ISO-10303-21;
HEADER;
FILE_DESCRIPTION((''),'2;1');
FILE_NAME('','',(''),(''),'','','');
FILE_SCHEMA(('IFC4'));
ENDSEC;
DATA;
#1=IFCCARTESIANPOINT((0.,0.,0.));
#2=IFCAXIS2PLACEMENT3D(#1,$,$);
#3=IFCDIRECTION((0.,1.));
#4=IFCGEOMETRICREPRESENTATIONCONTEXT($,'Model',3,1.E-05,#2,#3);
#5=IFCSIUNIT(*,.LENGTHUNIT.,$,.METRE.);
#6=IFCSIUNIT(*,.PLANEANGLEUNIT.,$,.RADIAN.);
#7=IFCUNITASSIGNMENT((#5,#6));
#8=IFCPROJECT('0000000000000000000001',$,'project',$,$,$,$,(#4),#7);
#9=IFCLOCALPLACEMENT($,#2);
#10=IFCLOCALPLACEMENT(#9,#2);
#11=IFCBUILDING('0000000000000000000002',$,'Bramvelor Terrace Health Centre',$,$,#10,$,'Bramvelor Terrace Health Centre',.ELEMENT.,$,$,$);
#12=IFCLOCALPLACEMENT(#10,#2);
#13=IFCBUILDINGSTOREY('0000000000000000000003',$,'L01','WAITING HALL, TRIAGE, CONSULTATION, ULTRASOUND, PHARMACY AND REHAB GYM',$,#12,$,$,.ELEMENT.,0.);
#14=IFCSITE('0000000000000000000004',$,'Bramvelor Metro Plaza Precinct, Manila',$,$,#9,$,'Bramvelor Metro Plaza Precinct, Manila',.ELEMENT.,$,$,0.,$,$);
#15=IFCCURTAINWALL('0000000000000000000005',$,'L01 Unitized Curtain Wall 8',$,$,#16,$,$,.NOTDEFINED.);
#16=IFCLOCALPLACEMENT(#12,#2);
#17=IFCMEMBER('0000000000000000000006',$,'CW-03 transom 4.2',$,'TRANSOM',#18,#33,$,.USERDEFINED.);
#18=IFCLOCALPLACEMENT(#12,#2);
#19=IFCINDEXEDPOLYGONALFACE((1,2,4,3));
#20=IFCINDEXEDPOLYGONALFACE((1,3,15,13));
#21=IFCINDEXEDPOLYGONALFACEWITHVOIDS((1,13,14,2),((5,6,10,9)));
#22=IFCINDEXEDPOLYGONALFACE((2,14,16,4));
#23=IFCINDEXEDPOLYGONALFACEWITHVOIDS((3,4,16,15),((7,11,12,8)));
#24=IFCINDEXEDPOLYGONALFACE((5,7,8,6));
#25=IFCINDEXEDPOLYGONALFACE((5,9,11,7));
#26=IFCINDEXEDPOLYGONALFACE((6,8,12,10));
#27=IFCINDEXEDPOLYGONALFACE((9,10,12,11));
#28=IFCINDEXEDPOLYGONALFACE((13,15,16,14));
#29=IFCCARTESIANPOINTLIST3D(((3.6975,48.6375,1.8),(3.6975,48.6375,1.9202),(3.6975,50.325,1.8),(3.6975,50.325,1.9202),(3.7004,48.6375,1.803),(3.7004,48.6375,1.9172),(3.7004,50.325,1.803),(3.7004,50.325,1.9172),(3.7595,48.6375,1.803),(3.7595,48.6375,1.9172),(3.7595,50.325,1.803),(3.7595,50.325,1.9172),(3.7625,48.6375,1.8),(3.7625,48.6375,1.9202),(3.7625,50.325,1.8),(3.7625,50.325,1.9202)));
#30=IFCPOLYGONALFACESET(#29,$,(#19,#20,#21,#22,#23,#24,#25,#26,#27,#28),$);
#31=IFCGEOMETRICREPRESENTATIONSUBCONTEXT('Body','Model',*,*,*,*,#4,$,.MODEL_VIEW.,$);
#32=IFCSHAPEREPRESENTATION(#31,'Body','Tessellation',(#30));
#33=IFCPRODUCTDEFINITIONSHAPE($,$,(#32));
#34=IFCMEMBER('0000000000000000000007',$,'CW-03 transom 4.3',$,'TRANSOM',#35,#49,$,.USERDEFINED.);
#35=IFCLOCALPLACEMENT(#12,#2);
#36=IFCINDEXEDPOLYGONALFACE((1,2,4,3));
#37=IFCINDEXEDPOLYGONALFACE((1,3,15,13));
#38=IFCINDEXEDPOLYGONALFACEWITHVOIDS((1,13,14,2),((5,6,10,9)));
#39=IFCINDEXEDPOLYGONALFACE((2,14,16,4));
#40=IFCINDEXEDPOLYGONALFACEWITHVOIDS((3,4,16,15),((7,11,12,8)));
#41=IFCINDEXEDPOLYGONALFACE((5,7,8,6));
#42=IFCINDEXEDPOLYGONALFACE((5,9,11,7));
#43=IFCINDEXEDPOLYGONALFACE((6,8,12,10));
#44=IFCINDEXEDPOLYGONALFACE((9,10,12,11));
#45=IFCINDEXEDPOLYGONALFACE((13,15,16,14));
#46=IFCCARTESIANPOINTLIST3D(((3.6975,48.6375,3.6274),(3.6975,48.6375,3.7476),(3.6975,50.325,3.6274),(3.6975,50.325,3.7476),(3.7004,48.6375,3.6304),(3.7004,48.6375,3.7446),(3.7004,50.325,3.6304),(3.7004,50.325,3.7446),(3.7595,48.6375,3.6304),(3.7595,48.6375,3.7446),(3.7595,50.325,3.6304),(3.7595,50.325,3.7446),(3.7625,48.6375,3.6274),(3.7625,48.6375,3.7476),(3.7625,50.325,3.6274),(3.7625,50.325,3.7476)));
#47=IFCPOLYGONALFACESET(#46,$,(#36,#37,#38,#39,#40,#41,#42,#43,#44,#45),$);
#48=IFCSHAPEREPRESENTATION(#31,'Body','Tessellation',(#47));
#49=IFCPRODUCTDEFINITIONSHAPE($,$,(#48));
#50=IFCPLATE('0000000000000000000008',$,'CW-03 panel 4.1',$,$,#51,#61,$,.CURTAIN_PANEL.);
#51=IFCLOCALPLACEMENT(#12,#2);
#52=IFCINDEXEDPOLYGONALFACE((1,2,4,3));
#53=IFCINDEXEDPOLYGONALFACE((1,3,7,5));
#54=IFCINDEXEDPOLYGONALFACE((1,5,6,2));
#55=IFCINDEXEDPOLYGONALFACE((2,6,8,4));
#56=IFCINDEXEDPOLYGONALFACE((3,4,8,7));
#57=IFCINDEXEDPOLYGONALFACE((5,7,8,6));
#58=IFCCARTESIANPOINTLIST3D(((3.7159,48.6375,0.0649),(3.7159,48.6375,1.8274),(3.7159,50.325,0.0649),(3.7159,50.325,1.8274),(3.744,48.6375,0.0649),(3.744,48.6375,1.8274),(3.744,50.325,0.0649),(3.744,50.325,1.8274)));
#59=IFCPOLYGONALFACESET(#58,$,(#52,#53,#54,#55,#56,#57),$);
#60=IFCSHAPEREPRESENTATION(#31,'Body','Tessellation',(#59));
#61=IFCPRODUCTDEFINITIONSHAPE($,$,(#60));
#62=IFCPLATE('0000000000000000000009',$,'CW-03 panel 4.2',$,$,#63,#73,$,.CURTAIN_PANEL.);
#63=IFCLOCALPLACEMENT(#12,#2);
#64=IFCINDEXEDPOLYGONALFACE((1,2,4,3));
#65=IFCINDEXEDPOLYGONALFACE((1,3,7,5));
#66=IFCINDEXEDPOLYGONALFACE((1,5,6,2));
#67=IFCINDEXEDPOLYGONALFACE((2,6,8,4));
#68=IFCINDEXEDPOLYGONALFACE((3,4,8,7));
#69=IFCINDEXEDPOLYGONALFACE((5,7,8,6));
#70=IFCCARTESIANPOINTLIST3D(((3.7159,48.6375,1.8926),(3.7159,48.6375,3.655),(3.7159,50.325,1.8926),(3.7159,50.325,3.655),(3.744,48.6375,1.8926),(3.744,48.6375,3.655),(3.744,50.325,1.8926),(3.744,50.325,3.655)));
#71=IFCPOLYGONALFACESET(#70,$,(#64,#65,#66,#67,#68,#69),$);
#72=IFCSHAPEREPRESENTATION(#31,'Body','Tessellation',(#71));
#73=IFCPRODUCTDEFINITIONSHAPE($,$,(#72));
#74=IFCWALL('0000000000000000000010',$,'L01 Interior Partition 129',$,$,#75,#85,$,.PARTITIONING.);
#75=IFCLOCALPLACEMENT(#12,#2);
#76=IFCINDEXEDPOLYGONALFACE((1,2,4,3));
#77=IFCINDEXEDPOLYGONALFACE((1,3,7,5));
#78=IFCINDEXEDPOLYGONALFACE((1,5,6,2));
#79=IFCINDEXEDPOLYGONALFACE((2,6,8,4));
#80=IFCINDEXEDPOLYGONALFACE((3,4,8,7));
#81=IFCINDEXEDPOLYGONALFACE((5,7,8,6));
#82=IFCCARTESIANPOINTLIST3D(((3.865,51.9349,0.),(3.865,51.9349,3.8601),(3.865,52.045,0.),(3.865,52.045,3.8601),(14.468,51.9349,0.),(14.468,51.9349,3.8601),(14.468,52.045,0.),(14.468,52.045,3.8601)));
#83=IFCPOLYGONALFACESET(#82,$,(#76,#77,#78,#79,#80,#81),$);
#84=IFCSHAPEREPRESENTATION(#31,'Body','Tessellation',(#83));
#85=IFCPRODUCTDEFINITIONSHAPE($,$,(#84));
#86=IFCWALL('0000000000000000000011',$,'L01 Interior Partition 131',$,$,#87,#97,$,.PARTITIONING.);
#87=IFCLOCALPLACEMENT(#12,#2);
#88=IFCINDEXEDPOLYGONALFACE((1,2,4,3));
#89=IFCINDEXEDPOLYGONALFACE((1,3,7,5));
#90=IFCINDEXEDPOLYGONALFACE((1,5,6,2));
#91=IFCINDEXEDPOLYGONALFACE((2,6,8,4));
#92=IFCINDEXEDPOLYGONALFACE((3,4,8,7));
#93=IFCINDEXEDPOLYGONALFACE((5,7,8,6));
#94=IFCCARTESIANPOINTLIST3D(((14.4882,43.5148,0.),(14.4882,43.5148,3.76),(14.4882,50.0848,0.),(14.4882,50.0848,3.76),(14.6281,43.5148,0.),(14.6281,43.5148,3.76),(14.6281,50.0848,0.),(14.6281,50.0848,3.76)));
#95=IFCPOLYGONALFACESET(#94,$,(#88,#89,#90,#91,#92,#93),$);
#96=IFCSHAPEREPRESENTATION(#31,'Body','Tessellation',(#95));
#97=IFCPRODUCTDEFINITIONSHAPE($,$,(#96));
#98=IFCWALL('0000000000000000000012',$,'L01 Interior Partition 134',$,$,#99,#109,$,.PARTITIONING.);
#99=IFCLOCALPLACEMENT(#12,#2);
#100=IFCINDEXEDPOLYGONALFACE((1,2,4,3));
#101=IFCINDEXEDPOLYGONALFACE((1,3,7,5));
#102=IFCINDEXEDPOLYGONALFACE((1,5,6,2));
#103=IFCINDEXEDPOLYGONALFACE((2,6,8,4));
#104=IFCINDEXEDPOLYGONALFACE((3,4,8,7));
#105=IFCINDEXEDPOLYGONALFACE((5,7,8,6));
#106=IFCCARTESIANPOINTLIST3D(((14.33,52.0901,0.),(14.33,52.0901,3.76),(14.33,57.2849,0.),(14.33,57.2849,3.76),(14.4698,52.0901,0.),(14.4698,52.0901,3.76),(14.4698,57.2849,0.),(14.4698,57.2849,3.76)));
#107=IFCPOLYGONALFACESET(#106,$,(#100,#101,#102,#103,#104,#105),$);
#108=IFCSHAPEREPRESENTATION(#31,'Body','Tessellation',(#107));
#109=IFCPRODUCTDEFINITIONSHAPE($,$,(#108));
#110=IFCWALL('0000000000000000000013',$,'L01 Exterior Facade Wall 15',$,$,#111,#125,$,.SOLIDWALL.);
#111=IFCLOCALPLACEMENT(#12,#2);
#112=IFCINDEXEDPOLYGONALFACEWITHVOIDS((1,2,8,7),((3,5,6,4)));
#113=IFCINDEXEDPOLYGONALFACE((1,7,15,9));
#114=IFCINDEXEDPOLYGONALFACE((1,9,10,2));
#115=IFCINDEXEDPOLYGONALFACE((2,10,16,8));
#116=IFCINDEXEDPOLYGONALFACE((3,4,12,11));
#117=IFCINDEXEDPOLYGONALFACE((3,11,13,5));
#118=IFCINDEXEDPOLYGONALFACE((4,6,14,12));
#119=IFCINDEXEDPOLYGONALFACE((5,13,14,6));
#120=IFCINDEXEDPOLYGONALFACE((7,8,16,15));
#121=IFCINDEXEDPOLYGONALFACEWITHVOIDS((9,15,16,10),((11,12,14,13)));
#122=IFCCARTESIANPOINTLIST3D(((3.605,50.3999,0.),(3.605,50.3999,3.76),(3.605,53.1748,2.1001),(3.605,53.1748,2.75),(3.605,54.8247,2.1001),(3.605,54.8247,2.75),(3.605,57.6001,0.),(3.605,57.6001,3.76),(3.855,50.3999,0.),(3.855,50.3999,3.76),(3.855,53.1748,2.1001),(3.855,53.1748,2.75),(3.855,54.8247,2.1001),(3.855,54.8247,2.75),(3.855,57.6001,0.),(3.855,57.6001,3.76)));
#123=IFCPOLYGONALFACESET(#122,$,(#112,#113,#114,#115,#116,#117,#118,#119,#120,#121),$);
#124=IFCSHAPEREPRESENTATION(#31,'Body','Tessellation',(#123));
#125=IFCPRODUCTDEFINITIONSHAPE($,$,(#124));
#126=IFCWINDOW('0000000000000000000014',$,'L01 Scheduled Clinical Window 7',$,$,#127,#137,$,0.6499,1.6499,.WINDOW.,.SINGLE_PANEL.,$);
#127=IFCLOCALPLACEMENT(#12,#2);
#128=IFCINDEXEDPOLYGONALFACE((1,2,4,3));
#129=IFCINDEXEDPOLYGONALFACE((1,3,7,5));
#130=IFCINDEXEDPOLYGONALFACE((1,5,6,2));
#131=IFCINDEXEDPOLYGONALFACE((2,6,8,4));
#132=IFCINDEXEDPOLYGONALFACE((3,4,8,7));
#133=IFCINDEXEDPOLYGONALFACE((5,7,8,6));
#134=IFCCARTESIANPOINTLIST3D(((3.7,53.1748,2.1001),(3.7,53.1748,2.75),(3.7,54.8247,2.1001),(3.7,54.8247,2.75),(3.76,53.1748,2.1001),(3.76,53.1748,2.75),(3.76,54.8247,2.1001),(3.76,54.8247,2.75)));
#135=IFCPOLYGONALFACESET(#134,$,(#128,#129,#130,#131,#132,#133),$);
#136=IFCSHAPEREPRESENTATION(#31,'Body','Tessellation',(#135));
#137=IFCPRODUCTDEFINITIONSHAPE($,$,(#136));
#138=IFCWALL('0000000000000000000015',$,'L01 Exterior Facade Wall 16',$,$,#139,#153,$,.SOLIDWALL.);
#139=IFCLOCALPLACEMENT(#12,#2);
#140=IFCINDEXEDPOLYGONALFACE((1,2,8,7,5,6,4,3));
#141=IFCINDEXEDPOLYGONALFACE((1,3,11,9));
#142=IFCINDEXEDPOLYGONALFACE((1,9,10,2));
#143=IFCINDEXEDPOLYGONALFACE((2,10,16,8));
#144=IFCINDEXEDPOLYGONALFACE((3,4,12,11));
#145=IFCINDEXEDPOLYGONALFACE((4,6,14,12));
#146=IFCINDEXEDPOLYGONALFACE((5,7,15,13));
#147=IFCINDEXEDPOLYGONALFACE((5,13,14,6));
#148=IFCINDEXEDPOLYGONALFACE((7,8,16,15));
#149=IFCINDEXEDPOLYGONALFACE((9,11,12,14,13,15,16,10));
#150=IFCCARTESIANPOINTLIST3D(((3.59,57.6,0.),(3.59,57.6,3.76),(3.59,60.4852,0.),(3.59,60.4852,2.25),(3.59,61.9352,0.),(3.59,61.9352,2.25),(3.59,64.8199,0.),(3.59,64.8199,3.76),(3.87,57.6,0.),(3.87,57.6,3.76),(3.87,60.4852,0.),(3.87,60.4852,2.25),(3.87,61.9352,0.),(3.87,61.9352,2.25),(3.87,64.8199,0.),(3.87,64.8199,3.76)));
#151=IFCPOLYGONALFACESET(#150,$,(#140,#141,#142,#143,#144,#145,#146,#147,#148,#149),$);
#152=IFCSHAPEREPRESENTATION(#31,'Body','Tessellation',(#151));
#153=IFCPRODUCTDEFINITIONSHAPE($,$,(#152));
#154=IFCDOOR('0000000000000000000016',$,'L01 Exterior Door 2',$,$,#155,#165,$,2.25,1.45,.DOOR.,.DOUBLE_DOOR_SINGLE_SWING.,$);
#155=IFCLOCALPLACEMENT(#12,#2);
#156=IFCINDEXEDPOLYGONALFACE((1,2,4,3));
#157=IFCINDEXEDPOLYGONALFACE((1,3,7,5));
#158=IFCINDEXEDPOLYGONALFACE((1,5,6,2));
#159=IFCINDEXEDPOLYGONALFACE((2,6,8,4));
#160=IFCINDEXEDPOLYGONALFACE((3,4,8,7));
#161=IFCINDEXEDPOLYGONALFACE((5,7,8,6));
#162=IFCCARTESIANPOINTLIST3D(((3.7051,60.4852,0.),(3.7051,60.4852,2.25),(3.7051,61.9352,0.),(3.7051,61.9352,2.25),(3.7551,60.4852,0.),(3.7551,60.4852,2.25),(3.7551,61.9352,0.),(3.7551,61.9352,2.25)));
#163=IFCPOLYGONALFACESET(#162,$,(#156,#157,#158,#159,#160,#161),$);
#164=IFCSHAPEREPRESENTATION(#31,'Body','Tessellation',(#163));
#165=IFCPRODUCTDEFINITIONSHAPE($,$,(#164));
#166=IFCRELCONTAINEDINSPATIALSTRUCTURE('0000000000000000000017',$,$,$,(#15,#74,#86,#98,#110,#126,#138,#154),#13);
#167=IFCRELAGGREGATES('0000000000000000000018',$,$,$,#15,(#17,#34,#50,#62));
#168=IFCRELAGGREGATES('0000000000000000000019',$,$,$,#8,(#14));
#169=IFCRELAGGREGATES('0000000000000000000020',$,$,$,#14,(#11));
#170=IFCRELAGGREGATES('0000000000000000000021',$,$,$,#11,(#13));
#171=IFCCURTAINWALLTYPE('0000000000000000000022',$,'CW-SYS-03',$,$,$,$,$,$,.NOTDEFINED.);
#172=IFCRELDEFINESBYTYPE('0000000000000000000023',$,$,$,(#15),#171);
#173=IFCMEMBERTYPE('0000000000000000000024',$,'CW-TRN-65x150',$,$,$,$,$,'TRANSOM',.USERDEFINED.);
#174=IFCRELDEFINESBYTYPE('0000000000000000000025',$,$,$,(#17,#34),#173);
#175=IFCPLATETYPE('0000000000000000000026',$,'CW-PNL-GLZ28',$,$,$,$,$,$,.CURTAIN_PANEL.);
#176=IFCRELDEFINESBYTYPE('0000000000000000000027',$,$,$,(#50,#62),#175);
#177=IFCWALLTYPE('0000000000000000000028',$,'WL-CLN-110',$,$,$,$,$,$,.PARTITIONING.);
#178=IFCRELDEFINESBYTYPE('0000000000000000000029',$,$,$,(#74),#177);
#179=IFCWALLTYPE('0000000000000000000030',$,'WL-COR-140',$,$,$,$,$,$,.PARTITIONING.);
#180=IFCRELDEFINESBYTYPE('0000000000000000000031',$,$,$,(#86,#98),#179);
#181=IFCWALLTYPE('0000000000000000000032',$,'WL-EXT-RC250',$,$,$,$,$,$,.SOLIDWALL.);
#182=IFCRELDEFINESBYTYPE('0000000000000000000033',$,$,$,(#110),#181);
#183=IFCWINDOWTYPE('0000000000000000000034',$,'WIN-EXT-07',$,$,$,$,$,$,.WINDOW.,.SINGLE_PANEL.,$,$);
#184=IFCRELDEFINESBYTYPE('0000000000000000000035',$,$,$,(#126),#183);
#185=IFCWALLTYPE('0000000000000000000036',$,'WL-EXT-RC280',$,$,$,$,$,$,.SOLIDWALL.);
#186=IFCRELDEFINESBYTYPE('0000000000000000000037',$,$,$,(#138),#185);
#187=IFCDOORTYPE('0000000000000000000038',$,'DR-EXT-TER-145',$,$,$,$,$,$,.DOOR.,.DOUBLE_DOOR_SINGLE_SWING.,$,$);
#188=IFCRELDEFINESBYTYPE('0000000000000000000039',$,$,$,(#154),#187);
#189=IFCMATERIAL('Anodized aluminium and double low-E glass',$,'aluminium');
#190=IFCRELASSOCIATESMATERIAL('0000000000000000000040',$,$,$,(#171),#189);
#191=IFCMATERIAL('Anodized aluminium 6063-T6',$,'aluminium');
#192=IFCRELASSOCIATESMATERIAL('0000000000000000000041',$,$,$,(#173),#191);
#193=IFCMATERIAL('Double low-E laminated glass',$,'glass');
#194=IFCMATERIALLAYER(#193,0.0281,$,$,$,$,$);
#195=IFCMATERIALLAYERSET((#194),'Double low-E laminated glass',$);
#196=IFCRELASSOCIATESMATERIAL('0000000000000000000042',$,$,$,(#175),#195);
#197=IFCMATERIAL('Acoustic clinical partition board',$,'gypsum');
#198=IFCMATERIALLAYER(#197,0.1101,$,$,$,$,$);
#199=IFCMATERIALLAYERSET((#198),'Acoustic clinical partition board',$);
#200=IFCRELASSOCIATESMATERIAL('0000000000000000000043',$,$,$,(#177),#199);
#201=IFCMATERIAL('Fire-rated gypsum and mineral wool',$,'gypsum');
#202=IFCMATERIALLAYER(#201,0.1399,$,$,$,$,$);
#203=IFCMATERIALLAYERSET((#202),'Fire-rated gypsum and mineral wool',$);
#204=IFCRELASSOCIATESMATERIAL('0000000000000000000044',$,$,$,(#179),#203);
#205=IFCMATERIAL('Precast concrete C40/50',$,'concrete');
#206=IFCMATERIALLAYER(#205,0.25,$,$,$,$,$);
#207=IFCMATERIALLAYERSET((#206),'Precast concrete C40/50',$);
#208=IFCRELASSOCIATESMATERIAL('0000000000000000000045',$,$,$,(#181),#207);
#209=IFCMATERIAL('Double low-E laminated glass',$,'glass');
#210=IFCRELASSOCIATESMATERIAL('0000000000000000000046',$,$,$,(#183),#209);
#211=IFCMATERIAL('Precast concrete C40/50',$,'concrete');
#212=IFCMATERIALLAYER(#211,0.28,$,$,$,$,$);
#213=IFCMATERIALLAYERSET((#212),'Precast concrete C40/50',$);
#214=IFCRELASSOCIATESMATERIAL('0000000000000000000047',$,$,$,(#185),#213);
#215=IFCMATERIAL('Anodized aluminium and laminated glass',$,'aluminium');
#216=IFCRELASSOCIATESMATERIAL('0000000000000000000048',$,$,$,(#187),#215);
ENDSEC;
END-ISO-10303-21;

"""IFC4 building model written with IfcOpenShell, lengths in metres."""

from ifc_helpers import new_model, si_unit, direction, frame, frame_2d, origin, origin_2d, place, context, subcontext, project, spatial, rectangle, hollow_rectangle, extrude, material, layer, layer_set, material_profile, profile_set, type_object, element, fill, aggregate, save


model = new_model("IFC4")

# Units and contexts
model_context = context("Model", 3, precision=1e-05, world=origin(), true_north=direction((0.0, 1.0)))
body_context = subcontext(model_context, "Body", "Model", "MODEL_VIEW")
ifc_project = project(units=[si_unit("LENGTHUNIT", "METRE"), si_unit("PLANEANGLEUNIT", "RADIAN")], contexts=[model_context])

# Site, building, storey
site_placement = place(None, origin())
site = spatial("IfcSite", under=ifc_project, at=site_placement, Name="Bramvelor Metro Plaza Precinct, Manila", LongName="Bramvelor Metro Plaza Precinct, Manila", CompositionType="ELEMENT", RefElevation=0.0)
building_placement = place(site_placement, origin())
building = spatial("IfcBuilding", under=site, at=building_placement, Name="Bramvelor Terrace Health Centre", LongName="Bramvelor Terrace Health Centre", CompositionType="ELEMENT")
storey_placement = place(building_placement, origin())
storey = spatial("IfcBuildingStorey", under=building, at=storey_placement, Name="L01", Description="WAITING HALL, TRIAGE, CONSULTATION, ULTRASOUND, PHARMACY AND REHAB GYM", CompositionType="ELEMENT", Elevation=0.0)

# Curtain wall, members, plates
ifc_material_1 = material(Name="Anodized aluminium and double low-E glass", Category="aluminium")
curtain_wall_type = type_object("IfcCurtainWallType", Name="CW-SYS-03", PredefinedType="NOTDEFINED", material=ifc_material_1)
curtain_wall_placement = place(storey_placement, origin())
curtain_wall = element("IfcCurtainWall", 1, at=curtain_wall_placement, inside=storey, type_object=curtain_wall_type, Name="L01 Unitized Curtain Wall 8", PredefinedType="NOTDEFINED")
ifc_material_2 = material(Name="Anodized aluminium 6063-T6", Category="aluminium")
ifc_material_profile_1 = material_profile(ifc_material_2, hollow_rectangle(XDim=0.0649, YDim=0.1201, WallThickness=0.0029, at=origin_2d()), Name="ALU-TRN 65x120x3.0")
ifc_profile_set_1 = profile_set([ifc_material_profile_1], Name="Anodized aluminium 6063-T6")
member_type_1 = type_object("IfcMemberType", Name="CW-TRN-65x150", ElementType="TRANSOM", PredefinedType="USERDEFINED", material=ifc_profile_set_1)
member_1_placement = place(storey_placement, frame((3.73, 48.6375, 1.8601), z_axis=(0.0, 1.0, 0.0), x_axis=(-1.0, 0.0, 0.0)))
member_1 = element("IfcMember", 2, at=member_1_placement, type_object=member_type_1, Name="CW-03 transom 4.2", ObjectType="TRANSOM", PredefinedType="USERDEFINED", context=body_context, shape_type="SweptSolid", body=[
    extrude(hollow_rectangle(XDim=0.0649, YDim=0.1201, WallThickness=0.0029, at=origin_2d()), origin(), (0.0, 0.0, 1.0), 1.6875),
])
member_2_placement = place(storey_placement, frame((3.73, 48.6375, 3.6875), z_axis=(0.0, 1.0, 0.0), x_axis=(-1.0, 0.0, 0.0)))
member_2 = element("IfcMember", 3, at=member_2_placement, type_object=member_type_1, Name="CW-03 transom 4.3", ObjectType="TRANSOM", PredefinedType="USERDEFINED", context=body_context, shape_type="SweptSolid", body=[
    extrude(hollow_rectangle(XDim=0.0649, YDim=0.1201, WallThickness=0.0029, at=origin_2d()), origin(), (0.0, 0.0, 1.0), 1.6875),
])
ifc_material_3 = material(Name="Double low-E laminated glass", Category="glass")
ifc_layer_1 = layer(ifc_material_3, 0.0281)
ifc_layer_set_1 = layer_set([ifc_layer_1], Name="Double low-E laminated glass")
plate_type = type_object("IfcPlateType", Name="CW-PNL-GLZ28", PredefinedType="CURTAIN_PANEL", material=ifc_layer_set_1)
plate_1_placement = place(storey_placement, frame((3.73, 49.4812, 0.0649), z_axis=(0.0, 0.0, 1.0), x_axis=(0.0, 1.0, 0.0)))
plate_1 = element("IfcPlate", 4, at=plate_1_placement, type_object=plate_type, Name="CW-03 panel 4.1", PredefinedType="CURTAIN_PANEL", context=body_context, shape_type="SweptSolid", body=[
    extrude(rectangle(XDim=1.6875, YDim=0.0281, at=origin_2d()), origin(), (0.0, 0.0, 1.0), 1.7625),
])
plate_2_placement = place(storey_placement, frame((3.73, 49.4812, 1.8926), z_axis=(0.0, 0.0, 1.0), x_axis=(0.0, 1.0, 0.0)))
plate_2 = element("IfcPlate", 5, at=plate_2_placement, type_object=plate_type, Name="CW-03 panel 4.2", PredefinedType="CURTAIN_PANEL", context=body_context, shape_type="SweptSolid", body=[
    extrude(rectangle(XDim=1.6875, YDim=0.0281, at=origin_2d()), origin(), (0.0, 0.0, 1.0), 1.7625),
])
aggregate(curtain_wall, [member_1, member_2, plate_1, plate_2])

# Walls
ifc_material_4 = material(Name="Acoustic clinical partition board", Category="gypsum")
ifc_layer_2 = layer(ifc_material_4, 0.1101)
ifc_layer_set_2 = layer_set([ifc_layer_2], Name="Acoustic clinical partition board")
wall_type_1 = type_object("IfcWallType", Name="WL-CLN-110", PredefinedType="PARTITIONING", material=ifc_layer_set_2)
wall_1_placement = place(storey_placement, frame((3.865, 51.99, 0.0), z_axis=(0.0, 0.0, 1.0), x_axis=(1.0, 0.0, 0.0)))
element("IfcWall", 6, at=wall_1_placement, inside=storey, type_object=wall_type_1, Name="L01 Interior Partition 129", PredefinedType="PARTITIONING", context=body_context, shape_type="SweptSolid", body=[
    extrude(rectangle(XDim=10.603, YDim=0.1101, at=frame_2d((5.3015, 0.0))), origin(), (0.0, 0.0, 1.0), 3.8601),
])
ifc_material_5 = material(Name="Fire-rated gypsum and mineral wool", Category="gypsum")
ifc_layer_3 = layer(ifc_material_5, 0.1399)
ifc_layer_set_3 = layer_set([ifc_layer_3], Name="Fire-rated gypsum and mineral wool")
wall_type_2 = type_object("IfcWallType", Name="WL-COR-140", PredefinedType="PARTITIONING", material=ifc_layer_set_3)
wall_2_placement = place(storey_placement, frame((14.5581, 50.085, 0.0), z_axis=(0.0, 0.0, 1.0), x_axis=(0.0, -1.0, 0.0)))
element("IfcWall", 7, at=wall_2_placement, inside=storey, type_object=wall_type_2, Name="L01 Interior Partition 131", PredefinedType="PARTITIONING", context=body_context, shape_type="SweptSolid", body=[
    extrude(rectangle(XDim=6.5701, YDim=0.1399, at=frame_2d((3.2852, 0.0))), origin(), (0.0, 0.0, 1.0), 3.76),
])
wall_3_placement = place(storey_placement, frame((14.3999, 57.2849, 0.0), z_axis=(0.0, 0.0, 1.0), x_axis=(0.0, -1.0, 0.0)))
element("IfcWall", 8, at=wall_3_placement, inside=storey, type_object=wall_type_2, Name="L01 Interior Partition 134", PredefinedType="PARTITIONING", context=body_context, shape_type="SweptSolid", body=[
    extrude(rectangle(XDim=5.1948, YDim=0.1399, at=frame_2d((2.5974, 0.0))), origin(), (0.0, 0.0, 1.0), 3.76),
])

# Wall, opening, window
ifc_material_6 = material(Name="Precast concrete C40/50", Category="concrete")
ifc_layer_4 = layer(ifc_material_6, 0.25)
ifc_layer_set_4 = layer_set([ifc_layer_4], Name="Precast concrete C40/50")
wall_type_3 = type_object("IfcWallType", Name="WL-EXT-RC250", PredefinedType="SOLIDWALL", material=ifc_layer_set_4)
wall_4_placement = place(storey_placement, frame((3.73, 50.3999, 0.0), z_axis=(0.0, 0.0, 1.0), x_axis=(0.0, 1.0, 0.0)))
wall_4 = element("IfcWall", 9, at=wall_4_placement, inside=storey, type_object=wall_type_3, Name="L01 Exterior Facade Wall 15", PredefinedType="SOLIDWALL", context=body_context, shape_type="SweptSolid", body=[
    extrude(rectangle(XDim=7.2002, YDim=0.25, at=frame_2d((3.6001, 0.0))), origin(), (0.0, 0.0, 1.0), 3.76),
])
opening_1_placement = place(wall_4_placement, frame((2.7749, 0.0, 2.1001)))
opening_1 = element("IfcOpeningElement", 10, at=opening_1_placement, cuts=wall_4, PredefinedType="OPENING", context=body_context, shape_type="SweptSolid", body=[
    extrude(rectangle(XDim=1.6499, YDim=0.6499, at=frame_2d((0.825, 0.325))), frame((0.0, 0.135, 0.0), z_axis=(0.0, -1.0, 0.0), x_axis=(1.0, 0.0, 0.0)), (0.0, 0.0, 1.0), 0.27),
])
ifc_material_7 = material(Name="Double low-E laminated glass", Category="glass")
window_type = type_object("IfcWindowType", Name="WIN-EXT-07", PartitioningType="SINGLE_PANEL", PredefinedType="WINDOW", material=ifc_material_7)
window_placement = place(opening_1_placement, origin())
window = element("IfcWindow", 11, at=window_placement, inside=storey, type_object=window_type, Name="L01 Scheduled Clinical Window 7", OverallHeight=0.6499, OverallWidth=1.6499, PartitioningType="SINGLE_PANEL", PredefinedType="WINDOW", context=body_context, shape_type="SweptSolid", body=[
    extrude(rectangle(XDim=1.6499, YDim=0.6499, at=frame_2d((0.825, 0.325))), frame((0.0, 0.03, 0.0), z_axis=(0.0, -1.0, 0.0), x_axis=(1.0, 0.0, 0.0)), (0.0, 0.0, 1.0), 0.0601),
])
fill(opening_1, window)

# Wall, opening, door
ifc_material_8 = material(Name="Precast concrete C40/50", Category="concrete")
ifc_layer_5 = layer(ifc_material_8, 0.28)
ifc_layer_set_5 = layer_set([ifc_layer_5], Name="Precast concrete C40/50")
wall_type_4 = type_object("IfcWallType", Name="WL-EXT-RC280", PredefinedType="SOLIDWALL", material=ifc_layer_set_5)
wall_5_placement = place(storey_placement, frame((3.73, 57.6001, 0.0), z_axis=(0.0, 0.0, 1.0), x_axis=(0.0, 1.0, 0.0)))
wall_5 = element("IfcWall", 12, at=wall_5_placement, inside=storey, type_object=wall_type_4, Name="L01 Exterior Facade Wall 16", PredefinedType="SOLIDWALL", context=body_context, shape_type="SweptSolid", body=[
    extrude(rectangle(XDim=7.22, YDim=0.28, at=frame_2d((3.6099, 0.0))), origin(), (0.0, 0.0, 1.0), 3.76),
])
opening_2_placement = place(wall_5_placement, frame((2.885, 0.0, 0.0)))
opening_2 = element("IfcOpeningElement", 13, at=opening_2_placement, cuts=wall_5, PredefinedType="OPENING", context=body_context, shape_type="SweptSolid", body=[
    extrude(rectangle(XDim=1.45, YDim=2.25, at=frame_2d((0.7251, 1.125))), frame((0.0, 0.1499, 0.0), z_axis=(0.0, -1.0, 0.0), x_axis=(1.0, 0.0, 0.0)), (0.0, 0.0, 1.0), 0.3),
])
ifc_material_9 = material(Name="Anodized aluminium and laminated glass", Category="aluminium")
door_type = type_object("IfcDoorType", Name="DR-EXT-TER-145", OperationType="DOUBLE_DOOR_SINGLE_SWING", PredefinedType="DOOR", material=ifc_material_9)
door_placement = place(opening_2_placement, origin())
door = element("IfcDoor", 14, at=door_placement, inside=storey, type_object=door_type, Name="L01 Exterior Door 2", OperationType="DOUBLE_DOOR_SINGLE_SWING", OverallHeight=2.25, OverallWidth=1.45, PredefinedType="DOOR", context=body_context, shape_type="SweptSolid", body=[
    extrude(rectangle(XDim=1.45, YDim=2.25, at=frame_2d((0.7251, 1.125))), frame((0.0, 0.0249, 0.0), z_axis=(0.0, -1.0, 0.0), x_axis=(1.0, 0.0, 0.0)), (0.0, 0.0, 1.0), 0.05),
])
fill(opening_2, door)

save(model, "model.ifc")
